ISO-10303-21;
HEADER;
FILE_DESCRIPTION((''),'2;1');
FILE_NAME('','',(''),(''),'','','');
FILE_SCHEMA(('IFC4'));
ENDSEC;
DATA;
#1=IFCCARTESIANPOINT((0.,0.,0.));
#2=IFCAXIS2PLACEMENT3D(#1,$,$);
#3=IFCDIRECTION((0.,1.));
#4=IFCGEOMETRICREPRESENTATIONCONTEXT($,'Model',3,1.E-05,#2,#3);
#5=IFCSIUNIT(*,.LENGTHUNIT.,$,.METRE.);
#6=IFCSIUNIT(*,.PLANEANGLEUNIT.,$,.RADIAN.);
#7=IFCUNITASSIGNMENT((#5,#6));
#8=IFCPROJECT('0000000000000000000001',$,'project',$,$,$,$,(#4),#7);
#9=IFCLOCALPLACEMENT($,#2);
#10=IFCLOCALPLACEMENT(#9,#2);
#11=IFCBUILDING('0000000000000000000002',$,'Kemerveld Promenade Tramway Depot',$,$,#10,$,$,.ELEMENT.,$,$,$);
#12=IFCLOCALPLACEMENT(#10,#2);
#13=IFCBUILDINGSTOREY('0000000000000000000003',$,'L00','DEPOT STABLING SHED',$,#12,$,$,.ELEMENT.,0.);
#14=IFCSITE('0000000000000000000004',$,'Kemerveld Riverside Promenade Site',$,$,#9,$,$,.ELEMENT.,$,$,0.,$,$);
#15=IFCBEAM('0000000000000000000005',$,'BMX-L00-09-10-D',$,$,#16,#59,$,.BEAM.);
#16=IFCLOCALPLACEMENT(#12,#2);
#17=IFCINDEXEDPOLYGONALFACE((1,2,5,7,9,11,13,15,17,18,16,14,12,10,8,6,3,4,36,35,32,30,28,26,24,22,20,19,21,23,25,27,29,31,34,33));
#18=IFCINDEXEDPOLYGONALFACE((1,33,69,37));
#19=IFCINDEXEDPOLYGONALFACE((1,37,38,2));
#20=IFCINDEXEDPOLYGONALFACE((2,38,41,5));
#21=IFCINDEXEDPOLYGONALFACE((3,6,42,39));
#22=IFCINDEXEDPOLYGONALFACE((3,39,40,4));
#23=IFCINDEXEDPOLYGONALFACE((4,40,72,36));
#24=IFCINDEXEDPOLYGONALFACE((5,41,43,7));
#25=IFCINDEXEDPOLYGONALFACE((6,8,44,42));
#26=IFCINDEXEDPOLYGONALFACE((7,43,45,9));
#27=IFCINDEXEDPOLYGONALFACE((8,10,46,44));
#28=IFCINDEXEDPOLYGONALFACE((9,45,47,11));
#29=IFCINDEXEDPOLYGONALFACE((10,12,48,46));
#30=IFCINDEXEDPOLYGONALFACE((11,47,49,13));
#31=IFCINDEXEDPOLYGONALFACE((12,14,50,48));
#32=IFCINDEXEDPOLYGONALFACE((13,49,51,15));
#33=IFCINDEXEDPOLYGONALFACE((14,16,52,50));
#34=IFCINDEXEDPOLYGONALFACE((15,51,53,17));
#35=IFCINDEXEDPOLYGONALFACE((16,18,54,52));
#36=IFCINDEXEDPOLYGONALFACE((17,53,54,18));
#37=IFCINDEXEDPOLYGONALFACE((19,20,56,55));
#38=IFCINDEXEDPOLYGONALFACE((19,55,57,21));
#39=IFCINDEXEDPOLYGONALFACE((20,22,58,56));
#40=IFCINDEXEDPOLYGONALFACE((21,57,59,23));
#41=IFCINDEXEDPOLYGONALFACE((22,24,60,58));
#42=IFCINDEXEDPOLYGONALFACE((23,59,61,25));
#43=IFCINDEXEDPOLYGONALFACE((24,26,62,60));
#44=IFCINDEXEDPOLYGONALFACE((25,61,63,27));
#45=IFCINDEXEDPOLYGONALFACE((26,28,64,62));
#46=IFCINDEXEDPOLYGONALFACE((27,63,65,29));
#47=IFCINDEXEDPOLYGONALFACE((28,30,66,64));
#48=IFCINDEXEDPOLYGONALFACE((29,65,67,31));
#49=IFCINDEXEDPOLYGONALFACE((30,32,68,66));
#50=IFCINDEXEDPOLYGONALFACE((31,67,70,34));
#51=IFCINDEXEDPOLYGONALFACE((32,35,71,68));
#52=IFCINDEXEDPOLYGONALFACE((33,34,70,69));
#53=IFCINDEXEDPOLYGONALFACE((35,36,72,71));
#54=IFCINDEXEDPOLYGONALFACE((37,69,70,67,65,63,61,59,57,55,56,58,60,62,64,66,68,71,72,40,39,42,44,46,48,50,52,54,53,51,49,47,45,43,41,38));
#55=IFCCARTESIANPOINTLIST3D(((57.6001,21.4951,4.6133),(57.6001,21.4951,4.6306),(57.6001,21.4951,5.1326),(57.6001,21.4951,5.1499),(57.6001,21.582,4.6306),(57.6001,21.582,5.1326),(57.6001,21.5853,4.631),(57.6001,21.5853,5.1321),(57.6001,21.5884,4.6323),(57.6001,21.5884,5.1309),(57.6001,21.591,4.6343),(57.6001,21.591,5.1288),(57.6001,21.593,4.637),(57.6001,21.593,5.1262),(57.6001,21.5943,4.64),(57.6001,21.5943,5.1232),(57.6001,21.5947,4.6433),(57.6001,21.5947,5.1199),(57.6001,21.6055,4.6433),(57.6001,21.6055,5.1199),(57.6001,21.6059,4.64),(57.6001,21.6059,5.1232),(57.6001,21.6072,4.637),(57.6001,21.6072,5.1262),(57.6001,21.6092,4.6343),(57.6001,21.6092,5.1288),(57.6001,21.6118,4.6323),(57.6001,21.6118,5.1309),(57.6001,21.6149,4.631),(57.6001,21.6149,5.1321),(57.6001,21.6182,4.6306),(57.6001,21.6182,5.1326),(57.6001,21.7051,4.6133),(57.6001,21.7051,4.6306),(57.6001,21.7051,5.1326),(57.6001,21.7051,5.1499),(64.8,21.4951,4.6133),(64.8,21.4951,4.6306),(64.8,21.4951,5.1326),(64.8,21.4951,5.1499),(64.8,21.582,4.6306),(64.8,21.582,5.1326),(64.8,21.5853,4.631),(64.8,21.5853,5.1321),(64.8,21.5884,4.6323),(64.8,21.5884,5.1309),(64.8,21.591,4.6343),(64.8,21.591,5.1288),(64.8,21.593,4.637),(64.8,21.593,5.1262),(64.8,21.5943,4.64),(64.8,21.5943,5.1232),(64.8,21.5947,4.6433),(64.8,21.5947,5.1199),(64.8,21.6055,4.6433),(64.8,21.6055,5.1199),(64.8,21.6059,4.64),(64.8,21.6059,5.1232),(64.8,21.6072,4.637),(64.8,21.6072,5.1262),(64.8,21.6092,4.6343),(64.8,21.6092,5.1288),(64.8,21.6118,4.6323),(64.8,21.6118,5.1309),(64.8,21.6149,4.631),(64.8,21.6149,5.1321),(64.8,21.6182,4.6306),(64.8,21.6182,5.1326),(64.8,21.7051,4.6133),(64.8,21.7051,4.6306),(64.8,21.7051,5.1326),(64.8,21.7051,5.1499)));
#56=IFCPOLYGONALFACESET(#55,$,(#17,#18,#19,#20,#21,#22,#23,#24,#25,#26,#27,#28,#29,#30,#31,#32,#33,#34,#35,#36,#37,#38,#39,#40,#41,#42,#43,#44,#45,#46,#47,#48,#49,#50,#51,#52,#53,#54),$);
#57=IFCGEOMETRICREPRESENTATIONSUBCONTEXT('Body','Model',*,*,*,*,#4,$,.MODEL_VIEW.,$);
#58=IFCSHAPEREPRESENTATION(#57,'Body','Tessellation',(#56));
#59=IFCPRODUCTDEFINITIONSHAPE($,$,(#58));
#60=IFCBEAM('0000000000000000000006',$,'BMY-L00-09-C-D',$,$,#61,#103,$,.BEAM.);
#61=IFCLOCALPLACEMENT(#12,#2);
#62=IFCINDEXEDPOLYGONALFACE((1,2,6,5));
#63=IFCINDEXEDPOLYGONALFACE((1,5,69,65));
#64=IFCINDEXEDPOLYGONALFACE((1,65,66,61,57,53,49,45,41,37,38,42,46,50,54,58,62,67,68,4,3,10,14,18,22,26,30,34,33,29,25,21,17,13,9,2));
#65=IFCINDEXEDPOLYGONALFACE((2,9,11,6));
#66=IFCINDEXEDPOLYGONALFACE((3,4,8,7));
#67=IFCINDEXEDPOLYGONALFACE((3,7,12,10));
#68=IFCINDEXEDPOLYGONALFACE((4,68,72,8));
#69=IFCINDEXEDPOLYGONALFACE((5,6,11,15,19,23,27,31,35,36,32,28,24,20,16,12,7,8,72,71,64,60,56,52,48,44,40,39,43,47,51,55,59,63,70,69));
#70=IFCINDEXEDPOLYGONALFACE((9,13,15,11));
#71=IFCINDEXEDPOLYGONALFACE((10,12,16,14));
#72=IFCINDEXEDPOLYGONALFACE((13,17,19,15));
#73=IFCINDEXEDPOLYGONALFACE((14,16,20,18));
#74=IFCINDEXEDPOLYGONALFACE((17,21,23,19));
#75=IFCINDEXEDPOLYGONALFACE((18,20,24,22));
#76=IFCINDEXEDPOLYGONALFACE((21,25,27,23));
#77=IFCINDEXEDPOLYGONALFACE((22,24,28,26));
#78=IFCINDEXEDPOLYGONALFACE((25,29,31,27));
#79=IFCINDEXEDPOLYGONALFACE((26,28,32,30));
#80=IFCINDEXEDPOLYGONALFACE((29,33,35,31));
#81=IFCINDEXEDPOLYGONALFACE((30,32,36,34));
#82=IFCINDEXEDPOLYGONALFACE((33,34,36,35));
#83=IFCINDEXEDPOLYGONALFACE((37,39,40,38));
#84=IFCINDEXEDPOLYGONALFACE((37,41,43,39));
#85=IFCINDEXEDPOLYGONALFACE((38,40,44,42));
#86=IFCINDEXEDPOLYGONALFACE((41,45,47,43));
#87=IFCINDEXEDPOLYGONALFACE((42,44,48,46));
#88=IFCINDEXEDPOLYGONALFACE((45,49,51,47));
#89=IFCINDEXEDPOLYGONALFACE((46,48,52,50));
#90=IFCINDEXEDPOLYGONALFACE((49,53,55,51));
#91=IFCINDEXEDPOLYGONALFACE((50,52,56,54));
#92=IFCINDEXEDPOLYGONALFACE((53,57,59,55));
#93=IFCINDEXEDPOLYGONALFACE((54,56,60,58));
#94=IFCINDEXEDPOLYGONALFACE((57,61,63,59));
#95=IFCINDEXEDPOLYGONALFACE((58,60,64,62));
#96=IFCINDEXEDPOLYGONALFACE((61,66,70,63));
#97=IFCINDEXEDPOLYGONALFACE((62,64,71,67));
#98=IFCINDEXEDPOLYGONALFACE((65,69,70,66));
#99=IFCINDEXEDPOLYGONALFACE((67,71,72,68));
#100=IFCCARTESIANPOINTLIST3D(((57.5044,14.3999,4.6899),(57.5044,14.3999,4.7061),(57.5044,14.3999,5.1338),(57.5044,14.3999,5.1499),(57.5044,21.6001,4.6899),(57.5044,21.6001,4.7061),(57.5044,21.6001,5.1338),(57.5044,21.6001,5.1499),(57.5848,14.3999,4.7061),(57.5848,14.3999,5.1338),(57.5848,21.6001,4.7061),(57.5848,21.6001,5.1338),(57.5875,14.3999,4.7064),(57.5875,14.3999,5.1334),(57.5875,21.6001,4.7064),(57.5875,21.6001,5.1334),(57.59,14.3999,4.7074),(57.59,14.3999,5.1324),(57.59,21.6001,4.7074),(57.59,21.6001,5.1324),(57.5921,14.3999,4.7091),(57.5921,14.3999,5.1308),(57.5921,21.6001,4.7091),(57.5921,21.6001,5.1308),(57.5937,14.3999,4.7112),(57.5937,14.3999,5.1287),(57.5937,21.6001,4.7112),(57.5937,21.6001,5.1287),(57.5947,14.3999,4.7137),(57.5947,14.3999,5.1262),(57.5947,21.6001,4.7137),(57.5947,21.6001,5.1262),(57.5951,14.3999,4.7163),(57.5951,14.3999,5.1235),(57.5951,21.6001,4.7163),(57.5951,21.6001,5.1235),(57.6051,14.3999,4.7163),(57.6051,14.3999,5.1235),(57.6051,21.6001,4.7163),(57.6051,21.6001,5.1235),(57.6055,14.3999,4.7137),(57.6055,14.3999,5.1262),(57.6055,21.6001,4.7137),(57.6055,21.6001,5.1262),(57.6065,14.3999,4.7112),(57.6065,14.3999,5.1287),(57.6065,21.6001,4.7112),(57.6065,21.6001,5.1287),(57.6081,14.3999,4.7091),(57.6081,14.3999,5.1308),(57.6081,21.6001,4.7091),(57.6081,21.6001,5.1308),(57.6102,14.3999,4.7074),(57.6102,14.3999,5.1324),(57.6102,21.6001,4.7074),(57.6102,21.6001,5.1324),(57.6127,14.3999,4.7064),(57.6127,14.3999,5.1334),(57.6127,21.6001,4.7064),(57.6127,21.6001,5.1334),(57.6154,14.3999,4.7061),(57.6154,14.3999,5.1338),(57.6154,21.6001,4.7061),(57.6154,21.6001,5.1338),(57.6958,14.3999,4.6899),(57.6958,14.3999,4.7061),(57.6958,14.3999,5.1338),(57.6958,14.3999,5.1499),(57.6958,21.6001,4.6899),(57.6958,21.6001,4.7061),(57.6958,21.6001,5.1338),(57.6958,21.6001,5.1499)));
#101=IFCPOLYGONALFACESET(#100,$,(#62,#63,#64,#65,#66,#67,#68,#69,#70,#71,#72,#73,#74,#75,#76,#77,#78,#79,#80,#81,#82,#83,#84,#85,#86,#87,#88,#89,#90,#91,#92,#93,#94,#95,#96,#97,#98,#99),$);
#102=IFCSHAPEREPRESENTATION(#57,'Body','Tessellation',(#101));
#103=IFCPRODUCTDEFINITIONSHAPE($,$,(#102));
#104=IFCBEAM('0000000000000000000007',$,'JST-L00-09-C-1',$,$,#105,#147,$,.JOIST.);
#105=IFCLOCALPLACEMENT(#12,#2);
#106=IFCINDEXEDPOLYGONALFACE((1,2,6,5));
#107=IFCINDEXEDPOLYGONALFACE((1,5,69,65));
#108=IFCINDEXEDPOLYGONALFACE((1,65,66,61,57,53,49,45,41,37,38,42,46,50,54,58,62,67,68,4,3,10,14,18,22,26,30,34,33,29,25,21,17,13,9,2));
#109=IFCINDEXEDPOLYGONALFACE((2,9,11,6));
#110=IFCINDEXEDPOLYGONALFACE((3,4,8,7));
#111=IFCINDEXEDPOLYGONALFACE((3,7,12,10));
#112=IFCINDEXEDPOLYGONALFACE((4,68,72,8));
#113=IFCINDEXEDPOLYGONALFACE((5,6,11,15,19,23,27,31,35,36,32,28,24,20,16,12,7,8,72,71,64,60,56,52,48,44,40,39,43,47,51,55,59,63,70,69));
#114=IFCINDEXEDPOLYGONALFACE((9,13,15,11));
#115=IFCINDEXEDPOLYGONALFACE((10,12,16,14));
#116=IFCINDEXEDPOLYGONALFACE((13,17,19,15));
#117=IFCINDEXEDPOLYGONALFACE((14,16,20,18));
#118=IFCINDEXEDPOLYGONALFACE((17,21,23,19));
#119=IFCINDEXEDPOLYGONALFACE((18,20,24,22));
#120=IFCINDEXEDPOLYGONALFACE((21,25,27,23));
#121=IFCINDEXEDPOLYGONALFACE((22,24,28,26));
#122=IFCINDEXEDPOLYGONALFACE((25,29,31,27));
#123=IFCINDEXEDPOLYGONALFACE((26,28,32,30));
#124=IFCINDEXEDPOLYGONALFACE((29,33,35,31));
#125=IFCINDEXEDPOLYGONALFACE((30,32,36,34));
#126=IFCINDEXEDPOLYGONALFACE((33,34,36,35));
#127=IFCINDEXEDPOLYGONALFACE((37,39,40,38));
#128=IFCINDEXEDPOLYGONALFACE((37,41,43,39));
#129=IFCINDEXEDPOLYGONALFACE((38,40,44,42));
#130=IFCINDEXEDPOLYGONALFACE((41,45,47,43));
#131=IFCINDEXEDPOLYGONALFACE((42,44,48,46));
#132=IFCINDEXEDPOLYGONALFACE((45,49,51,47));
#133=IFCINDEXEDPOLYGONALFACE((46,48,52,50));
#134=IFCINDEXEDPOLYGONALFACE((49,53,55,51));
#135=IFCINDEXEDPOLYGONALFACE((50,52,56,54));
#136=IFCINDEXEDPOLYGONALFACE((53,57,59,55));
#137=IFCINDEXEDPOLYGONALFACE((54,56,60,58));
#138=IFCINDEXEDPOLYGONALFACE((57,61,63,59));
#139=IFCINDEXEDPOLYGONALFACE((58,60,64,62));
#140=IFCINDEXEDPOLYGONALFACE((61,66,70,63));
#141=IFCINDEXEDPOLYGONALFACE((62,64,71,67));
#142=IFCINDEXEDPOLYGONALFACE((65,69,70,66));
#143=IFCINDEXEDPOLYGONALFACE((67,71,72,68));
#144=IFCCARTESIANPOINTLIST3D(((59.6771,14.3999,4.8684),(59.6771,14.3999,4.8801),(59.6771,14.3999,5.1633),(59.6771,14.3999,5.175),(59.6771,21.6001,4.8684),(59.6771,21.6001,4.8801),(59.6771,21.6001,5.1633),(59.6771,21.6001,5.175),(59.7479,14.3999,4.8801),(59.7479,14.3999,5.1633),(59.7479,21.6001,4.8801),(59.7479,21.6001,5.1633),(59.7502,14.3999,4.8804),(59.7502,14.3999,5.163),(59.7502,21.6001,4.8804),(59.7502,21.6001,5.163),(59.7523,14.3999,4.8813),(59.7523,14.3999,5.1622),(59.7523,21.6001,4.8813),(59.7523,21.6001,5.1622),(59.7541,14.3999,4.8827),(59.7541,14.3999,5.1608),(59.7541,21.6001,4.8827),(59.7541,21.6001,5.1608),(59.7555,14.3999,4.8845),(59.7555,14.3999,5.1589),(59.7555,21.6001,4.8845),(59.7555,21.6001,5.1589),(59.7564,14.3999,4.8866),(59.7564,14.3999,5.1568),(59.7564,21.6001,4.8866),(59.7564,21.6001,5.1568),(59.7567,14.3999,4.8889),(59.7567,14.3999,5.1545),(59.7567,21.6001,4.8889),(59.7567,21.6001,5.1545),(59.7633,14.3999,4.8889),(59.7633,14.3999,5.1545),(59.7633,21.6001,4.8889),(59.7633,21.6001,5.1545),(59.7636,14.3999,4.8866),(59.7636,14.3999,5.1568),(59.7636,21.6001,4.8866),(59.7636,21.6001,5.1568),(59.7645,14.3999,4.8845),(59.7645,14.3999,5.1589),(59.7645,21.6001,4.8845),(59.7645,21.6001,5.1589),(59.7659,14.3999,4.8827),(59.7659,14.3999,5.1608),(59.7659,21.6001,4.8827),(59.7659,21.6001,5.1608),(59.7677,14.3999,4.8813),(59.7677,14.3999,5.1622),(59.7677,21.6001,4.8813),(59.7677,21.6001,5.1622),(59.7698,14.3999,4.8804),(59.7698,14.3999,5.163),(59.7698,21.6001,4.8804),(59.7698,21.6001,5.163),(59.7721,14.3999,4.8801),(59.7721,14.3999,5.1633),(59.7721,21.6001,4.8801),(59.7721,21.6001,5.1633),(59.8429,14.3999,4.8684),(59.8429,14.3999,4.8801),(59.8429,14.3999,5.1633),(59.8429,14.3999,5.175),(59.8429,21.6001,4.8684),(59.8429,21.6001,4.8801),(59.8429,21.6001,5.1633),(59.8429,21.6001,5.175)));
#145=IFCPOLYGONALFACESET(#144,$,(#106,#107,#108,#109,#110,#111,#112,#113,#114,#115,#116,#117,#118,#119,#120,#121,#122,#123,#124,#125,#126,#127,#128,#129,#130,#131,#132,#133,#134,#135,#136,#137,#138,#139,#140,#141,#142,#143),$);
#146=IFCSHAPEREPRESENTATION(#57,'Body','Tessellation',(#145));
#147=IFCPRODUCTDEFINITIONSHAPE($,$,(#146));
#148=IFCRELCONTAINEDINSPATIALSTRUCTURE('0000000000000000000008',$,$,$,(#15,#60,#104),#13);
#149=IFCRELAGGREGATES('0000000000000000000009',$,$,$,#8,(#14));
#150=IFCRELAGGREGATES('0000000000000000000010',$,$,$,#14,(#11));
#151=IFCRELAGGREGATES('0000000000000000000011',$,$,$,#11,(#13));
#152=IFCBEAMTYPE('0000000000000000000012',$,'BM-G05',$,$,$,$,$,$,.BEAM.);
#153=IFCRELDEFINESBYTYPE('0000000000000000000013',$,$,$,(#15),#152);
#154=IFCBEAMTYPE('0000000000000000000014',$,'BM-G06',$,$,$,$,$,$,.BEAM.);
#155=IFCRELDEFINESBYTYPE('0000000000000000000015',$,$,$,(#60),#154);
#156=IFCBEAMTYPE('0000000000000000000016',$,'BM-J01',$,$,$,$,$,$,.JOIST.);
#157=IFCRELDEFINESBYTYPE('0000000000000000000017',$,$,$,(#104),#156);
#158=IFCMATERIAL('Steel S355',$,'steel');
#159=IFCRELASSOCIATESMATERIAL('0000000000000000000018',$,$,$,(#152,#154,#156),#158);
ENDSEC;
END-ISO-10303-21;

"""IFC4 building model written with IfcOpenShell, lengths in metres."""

from ifc_helpers import new_model, si_unit, direction, frame, origin, origin_2d, place, context, subcontext, project, spatial, i_section, extrude, material, material_profile, profile_set, type_object, element, save


model = new_model("IFC4")

# Units and contexts
model_context = context("Model", 3, precision=1e-05, world=origin(), true_north=direction((0.0, 1.0)))
body_context = subcontext(model_context, "Body", "Model", "MODEL_VIEW")
ifc_project = project(units=[si_unit("LENGTHUNIT", "METRE"), si_unit("PLANEANGLEUNIT", "RADIAN")], contexts=[model_context])

# Site, building, storey
site_placement = place(None, origin())
site = spatial("IfcSite", under=ifc_project, at=site_placement, Name="Kemerveld Riverside Promenade Site", CompositionType="ELEMENT", RefElevation=0.0)
building_placement = place(site_placement, origin())
building = spatial("IfcBuilding", under=site, at=building_placement, Name="Kemerveld Promenade Tramway Depot", CompositionType="ELEMENT")
storey_placement = place(building_placement, origin())
storey = spatial("IfcBuildingStorey", under=building, at=storey_placement, Name="L00", Description="DEPOT STABLING SHED", CompositionType="ELEMENT", Elevation=0.0)

# Shared definitions
ifc_material_1 = material(Name="Steel S355", Category="steel")

# Beams
ifc_material_profile_1 = material_profile(ifc_material_1, i_section(OverallWidth=0.21, OverallDepth=0.5366, WebThickness=0.0107, FlangeThickness=0.0173, FilletRadius=0.0127, at=origin_2d()), Name="533x210x101 UB")
ifc_profile_set_1 = profile_set([ifc_material_profile_1], Name="Steel S355")
beam_type_1 = type_object("IfcBeamType", Name="BM-G05", PredefinedType="BEAM", material=ifc_profile_set_1)
for number, where, z_axis, x_axis, name in (
    (1, (57.6001, 21.6001, 4.8816), (1.0, 0.0, 0.0), (0.0, 1.0, 0.0), "BMX-L00-09-10-D"),
):
    element("IfcBeam", number, at=place(storey_placement, frame(where, z_axis=z_axis, x_axis=x_axis)), inside=storey, type_object=beam_type_1, Name=name, PredefinedType="BEAM", context=body_context, shape_type="SweptSolid", body=[
        extrude(i_section(OverallWidth=0.21, OverallDepth=0.5366, WebThickness=0.0107, FlangeThickness=0.0173, FilletRadius=0.0127, at=origin_2d()), origin(), (0.0, 0.0, 1.0), 7.2),
    ])
ifc_material_profile_2 = material_profile(ifc_material_1, i_section(OverallWidth=0.1914, OverallDepth=0.46, WebThickness=0.01, FlangeThickness=0.0161, FilletRadius=0.0103, at=origin_2d()), Name="457x191x82 UB")
ifc_profile_set_2 = profile_set([ifc_material_profile_2], Name="Steel S355")
beam_type_2 = type_object("IfcBeamType", Name="BM-G06", PredefinedType="BEAM", material=ifc_profile_set_2)
beam_1_placement = place(storey_placement, frame((57.6001, 14.3999, 4.9199), z_axis=(0.0, 1.0, 0.0), x_axis=(-1.0, 0.0, 0.0)))
element("IfcBeam", 2, at=beam_1_placement, inside=storey, type_object=beam_type_2, Name="BMY-L00-09-C-D", PredefinedType="BEAM", context=body_context, shape_type="SweptSolid", body=[
    extrude(i_section(OverallWidth=0.1914, OverallDepth=0.46, WebThickness=0.01, FlangeThickness=0.0161, FilletRadius=0.0103, at=origin_2d()), origin(), (0.0, 0.0, 1.0), 7.2002),
])
ifc_material_profile_3 = material_profile(ifc_material_1, i_section(OverallWidth=0.1658, OverallDepth=0.3066, WebThickness=0.0066, FlangeThickness=0.0117, FilletRadius=0.0088, at=origin_2d()), Name="305x165x46 UB")
ifc_profile_set_3 = profile_set([ifc_material_profile_3], Name="Steel S355")
beam_type_3 = type_object("IfcBeamType", Name="BM-J01", PredefinedType="JOIST", material=ifc_profile_set_3)
beam_2_placement = place(storey_placement, frame((59.76, 14.3999, 5.0217), z_axis=(0.0, 1.0, 0.0), x_axis=(-1.0, 0.0, 0.0)))
element("IfcBeam", 3, at=beam_2_placement, inside=storey, type_object=beam_type_3, Name="JST-L00-09-C-1", PredefinedType="JOIST", context=body_context, shape_type="SweptSolid", body=[
    extrude(i_section(OverallWidth=0.1658, OverallDepth=0.3066, WebThickness=0.0066, FlangeThickness=0.0117, FilletRadius=0.0088, at=origin_2d()), origin(), (0.0, 0.0, 1.0), 7.2002),
])

save(model, "model.ifc")
